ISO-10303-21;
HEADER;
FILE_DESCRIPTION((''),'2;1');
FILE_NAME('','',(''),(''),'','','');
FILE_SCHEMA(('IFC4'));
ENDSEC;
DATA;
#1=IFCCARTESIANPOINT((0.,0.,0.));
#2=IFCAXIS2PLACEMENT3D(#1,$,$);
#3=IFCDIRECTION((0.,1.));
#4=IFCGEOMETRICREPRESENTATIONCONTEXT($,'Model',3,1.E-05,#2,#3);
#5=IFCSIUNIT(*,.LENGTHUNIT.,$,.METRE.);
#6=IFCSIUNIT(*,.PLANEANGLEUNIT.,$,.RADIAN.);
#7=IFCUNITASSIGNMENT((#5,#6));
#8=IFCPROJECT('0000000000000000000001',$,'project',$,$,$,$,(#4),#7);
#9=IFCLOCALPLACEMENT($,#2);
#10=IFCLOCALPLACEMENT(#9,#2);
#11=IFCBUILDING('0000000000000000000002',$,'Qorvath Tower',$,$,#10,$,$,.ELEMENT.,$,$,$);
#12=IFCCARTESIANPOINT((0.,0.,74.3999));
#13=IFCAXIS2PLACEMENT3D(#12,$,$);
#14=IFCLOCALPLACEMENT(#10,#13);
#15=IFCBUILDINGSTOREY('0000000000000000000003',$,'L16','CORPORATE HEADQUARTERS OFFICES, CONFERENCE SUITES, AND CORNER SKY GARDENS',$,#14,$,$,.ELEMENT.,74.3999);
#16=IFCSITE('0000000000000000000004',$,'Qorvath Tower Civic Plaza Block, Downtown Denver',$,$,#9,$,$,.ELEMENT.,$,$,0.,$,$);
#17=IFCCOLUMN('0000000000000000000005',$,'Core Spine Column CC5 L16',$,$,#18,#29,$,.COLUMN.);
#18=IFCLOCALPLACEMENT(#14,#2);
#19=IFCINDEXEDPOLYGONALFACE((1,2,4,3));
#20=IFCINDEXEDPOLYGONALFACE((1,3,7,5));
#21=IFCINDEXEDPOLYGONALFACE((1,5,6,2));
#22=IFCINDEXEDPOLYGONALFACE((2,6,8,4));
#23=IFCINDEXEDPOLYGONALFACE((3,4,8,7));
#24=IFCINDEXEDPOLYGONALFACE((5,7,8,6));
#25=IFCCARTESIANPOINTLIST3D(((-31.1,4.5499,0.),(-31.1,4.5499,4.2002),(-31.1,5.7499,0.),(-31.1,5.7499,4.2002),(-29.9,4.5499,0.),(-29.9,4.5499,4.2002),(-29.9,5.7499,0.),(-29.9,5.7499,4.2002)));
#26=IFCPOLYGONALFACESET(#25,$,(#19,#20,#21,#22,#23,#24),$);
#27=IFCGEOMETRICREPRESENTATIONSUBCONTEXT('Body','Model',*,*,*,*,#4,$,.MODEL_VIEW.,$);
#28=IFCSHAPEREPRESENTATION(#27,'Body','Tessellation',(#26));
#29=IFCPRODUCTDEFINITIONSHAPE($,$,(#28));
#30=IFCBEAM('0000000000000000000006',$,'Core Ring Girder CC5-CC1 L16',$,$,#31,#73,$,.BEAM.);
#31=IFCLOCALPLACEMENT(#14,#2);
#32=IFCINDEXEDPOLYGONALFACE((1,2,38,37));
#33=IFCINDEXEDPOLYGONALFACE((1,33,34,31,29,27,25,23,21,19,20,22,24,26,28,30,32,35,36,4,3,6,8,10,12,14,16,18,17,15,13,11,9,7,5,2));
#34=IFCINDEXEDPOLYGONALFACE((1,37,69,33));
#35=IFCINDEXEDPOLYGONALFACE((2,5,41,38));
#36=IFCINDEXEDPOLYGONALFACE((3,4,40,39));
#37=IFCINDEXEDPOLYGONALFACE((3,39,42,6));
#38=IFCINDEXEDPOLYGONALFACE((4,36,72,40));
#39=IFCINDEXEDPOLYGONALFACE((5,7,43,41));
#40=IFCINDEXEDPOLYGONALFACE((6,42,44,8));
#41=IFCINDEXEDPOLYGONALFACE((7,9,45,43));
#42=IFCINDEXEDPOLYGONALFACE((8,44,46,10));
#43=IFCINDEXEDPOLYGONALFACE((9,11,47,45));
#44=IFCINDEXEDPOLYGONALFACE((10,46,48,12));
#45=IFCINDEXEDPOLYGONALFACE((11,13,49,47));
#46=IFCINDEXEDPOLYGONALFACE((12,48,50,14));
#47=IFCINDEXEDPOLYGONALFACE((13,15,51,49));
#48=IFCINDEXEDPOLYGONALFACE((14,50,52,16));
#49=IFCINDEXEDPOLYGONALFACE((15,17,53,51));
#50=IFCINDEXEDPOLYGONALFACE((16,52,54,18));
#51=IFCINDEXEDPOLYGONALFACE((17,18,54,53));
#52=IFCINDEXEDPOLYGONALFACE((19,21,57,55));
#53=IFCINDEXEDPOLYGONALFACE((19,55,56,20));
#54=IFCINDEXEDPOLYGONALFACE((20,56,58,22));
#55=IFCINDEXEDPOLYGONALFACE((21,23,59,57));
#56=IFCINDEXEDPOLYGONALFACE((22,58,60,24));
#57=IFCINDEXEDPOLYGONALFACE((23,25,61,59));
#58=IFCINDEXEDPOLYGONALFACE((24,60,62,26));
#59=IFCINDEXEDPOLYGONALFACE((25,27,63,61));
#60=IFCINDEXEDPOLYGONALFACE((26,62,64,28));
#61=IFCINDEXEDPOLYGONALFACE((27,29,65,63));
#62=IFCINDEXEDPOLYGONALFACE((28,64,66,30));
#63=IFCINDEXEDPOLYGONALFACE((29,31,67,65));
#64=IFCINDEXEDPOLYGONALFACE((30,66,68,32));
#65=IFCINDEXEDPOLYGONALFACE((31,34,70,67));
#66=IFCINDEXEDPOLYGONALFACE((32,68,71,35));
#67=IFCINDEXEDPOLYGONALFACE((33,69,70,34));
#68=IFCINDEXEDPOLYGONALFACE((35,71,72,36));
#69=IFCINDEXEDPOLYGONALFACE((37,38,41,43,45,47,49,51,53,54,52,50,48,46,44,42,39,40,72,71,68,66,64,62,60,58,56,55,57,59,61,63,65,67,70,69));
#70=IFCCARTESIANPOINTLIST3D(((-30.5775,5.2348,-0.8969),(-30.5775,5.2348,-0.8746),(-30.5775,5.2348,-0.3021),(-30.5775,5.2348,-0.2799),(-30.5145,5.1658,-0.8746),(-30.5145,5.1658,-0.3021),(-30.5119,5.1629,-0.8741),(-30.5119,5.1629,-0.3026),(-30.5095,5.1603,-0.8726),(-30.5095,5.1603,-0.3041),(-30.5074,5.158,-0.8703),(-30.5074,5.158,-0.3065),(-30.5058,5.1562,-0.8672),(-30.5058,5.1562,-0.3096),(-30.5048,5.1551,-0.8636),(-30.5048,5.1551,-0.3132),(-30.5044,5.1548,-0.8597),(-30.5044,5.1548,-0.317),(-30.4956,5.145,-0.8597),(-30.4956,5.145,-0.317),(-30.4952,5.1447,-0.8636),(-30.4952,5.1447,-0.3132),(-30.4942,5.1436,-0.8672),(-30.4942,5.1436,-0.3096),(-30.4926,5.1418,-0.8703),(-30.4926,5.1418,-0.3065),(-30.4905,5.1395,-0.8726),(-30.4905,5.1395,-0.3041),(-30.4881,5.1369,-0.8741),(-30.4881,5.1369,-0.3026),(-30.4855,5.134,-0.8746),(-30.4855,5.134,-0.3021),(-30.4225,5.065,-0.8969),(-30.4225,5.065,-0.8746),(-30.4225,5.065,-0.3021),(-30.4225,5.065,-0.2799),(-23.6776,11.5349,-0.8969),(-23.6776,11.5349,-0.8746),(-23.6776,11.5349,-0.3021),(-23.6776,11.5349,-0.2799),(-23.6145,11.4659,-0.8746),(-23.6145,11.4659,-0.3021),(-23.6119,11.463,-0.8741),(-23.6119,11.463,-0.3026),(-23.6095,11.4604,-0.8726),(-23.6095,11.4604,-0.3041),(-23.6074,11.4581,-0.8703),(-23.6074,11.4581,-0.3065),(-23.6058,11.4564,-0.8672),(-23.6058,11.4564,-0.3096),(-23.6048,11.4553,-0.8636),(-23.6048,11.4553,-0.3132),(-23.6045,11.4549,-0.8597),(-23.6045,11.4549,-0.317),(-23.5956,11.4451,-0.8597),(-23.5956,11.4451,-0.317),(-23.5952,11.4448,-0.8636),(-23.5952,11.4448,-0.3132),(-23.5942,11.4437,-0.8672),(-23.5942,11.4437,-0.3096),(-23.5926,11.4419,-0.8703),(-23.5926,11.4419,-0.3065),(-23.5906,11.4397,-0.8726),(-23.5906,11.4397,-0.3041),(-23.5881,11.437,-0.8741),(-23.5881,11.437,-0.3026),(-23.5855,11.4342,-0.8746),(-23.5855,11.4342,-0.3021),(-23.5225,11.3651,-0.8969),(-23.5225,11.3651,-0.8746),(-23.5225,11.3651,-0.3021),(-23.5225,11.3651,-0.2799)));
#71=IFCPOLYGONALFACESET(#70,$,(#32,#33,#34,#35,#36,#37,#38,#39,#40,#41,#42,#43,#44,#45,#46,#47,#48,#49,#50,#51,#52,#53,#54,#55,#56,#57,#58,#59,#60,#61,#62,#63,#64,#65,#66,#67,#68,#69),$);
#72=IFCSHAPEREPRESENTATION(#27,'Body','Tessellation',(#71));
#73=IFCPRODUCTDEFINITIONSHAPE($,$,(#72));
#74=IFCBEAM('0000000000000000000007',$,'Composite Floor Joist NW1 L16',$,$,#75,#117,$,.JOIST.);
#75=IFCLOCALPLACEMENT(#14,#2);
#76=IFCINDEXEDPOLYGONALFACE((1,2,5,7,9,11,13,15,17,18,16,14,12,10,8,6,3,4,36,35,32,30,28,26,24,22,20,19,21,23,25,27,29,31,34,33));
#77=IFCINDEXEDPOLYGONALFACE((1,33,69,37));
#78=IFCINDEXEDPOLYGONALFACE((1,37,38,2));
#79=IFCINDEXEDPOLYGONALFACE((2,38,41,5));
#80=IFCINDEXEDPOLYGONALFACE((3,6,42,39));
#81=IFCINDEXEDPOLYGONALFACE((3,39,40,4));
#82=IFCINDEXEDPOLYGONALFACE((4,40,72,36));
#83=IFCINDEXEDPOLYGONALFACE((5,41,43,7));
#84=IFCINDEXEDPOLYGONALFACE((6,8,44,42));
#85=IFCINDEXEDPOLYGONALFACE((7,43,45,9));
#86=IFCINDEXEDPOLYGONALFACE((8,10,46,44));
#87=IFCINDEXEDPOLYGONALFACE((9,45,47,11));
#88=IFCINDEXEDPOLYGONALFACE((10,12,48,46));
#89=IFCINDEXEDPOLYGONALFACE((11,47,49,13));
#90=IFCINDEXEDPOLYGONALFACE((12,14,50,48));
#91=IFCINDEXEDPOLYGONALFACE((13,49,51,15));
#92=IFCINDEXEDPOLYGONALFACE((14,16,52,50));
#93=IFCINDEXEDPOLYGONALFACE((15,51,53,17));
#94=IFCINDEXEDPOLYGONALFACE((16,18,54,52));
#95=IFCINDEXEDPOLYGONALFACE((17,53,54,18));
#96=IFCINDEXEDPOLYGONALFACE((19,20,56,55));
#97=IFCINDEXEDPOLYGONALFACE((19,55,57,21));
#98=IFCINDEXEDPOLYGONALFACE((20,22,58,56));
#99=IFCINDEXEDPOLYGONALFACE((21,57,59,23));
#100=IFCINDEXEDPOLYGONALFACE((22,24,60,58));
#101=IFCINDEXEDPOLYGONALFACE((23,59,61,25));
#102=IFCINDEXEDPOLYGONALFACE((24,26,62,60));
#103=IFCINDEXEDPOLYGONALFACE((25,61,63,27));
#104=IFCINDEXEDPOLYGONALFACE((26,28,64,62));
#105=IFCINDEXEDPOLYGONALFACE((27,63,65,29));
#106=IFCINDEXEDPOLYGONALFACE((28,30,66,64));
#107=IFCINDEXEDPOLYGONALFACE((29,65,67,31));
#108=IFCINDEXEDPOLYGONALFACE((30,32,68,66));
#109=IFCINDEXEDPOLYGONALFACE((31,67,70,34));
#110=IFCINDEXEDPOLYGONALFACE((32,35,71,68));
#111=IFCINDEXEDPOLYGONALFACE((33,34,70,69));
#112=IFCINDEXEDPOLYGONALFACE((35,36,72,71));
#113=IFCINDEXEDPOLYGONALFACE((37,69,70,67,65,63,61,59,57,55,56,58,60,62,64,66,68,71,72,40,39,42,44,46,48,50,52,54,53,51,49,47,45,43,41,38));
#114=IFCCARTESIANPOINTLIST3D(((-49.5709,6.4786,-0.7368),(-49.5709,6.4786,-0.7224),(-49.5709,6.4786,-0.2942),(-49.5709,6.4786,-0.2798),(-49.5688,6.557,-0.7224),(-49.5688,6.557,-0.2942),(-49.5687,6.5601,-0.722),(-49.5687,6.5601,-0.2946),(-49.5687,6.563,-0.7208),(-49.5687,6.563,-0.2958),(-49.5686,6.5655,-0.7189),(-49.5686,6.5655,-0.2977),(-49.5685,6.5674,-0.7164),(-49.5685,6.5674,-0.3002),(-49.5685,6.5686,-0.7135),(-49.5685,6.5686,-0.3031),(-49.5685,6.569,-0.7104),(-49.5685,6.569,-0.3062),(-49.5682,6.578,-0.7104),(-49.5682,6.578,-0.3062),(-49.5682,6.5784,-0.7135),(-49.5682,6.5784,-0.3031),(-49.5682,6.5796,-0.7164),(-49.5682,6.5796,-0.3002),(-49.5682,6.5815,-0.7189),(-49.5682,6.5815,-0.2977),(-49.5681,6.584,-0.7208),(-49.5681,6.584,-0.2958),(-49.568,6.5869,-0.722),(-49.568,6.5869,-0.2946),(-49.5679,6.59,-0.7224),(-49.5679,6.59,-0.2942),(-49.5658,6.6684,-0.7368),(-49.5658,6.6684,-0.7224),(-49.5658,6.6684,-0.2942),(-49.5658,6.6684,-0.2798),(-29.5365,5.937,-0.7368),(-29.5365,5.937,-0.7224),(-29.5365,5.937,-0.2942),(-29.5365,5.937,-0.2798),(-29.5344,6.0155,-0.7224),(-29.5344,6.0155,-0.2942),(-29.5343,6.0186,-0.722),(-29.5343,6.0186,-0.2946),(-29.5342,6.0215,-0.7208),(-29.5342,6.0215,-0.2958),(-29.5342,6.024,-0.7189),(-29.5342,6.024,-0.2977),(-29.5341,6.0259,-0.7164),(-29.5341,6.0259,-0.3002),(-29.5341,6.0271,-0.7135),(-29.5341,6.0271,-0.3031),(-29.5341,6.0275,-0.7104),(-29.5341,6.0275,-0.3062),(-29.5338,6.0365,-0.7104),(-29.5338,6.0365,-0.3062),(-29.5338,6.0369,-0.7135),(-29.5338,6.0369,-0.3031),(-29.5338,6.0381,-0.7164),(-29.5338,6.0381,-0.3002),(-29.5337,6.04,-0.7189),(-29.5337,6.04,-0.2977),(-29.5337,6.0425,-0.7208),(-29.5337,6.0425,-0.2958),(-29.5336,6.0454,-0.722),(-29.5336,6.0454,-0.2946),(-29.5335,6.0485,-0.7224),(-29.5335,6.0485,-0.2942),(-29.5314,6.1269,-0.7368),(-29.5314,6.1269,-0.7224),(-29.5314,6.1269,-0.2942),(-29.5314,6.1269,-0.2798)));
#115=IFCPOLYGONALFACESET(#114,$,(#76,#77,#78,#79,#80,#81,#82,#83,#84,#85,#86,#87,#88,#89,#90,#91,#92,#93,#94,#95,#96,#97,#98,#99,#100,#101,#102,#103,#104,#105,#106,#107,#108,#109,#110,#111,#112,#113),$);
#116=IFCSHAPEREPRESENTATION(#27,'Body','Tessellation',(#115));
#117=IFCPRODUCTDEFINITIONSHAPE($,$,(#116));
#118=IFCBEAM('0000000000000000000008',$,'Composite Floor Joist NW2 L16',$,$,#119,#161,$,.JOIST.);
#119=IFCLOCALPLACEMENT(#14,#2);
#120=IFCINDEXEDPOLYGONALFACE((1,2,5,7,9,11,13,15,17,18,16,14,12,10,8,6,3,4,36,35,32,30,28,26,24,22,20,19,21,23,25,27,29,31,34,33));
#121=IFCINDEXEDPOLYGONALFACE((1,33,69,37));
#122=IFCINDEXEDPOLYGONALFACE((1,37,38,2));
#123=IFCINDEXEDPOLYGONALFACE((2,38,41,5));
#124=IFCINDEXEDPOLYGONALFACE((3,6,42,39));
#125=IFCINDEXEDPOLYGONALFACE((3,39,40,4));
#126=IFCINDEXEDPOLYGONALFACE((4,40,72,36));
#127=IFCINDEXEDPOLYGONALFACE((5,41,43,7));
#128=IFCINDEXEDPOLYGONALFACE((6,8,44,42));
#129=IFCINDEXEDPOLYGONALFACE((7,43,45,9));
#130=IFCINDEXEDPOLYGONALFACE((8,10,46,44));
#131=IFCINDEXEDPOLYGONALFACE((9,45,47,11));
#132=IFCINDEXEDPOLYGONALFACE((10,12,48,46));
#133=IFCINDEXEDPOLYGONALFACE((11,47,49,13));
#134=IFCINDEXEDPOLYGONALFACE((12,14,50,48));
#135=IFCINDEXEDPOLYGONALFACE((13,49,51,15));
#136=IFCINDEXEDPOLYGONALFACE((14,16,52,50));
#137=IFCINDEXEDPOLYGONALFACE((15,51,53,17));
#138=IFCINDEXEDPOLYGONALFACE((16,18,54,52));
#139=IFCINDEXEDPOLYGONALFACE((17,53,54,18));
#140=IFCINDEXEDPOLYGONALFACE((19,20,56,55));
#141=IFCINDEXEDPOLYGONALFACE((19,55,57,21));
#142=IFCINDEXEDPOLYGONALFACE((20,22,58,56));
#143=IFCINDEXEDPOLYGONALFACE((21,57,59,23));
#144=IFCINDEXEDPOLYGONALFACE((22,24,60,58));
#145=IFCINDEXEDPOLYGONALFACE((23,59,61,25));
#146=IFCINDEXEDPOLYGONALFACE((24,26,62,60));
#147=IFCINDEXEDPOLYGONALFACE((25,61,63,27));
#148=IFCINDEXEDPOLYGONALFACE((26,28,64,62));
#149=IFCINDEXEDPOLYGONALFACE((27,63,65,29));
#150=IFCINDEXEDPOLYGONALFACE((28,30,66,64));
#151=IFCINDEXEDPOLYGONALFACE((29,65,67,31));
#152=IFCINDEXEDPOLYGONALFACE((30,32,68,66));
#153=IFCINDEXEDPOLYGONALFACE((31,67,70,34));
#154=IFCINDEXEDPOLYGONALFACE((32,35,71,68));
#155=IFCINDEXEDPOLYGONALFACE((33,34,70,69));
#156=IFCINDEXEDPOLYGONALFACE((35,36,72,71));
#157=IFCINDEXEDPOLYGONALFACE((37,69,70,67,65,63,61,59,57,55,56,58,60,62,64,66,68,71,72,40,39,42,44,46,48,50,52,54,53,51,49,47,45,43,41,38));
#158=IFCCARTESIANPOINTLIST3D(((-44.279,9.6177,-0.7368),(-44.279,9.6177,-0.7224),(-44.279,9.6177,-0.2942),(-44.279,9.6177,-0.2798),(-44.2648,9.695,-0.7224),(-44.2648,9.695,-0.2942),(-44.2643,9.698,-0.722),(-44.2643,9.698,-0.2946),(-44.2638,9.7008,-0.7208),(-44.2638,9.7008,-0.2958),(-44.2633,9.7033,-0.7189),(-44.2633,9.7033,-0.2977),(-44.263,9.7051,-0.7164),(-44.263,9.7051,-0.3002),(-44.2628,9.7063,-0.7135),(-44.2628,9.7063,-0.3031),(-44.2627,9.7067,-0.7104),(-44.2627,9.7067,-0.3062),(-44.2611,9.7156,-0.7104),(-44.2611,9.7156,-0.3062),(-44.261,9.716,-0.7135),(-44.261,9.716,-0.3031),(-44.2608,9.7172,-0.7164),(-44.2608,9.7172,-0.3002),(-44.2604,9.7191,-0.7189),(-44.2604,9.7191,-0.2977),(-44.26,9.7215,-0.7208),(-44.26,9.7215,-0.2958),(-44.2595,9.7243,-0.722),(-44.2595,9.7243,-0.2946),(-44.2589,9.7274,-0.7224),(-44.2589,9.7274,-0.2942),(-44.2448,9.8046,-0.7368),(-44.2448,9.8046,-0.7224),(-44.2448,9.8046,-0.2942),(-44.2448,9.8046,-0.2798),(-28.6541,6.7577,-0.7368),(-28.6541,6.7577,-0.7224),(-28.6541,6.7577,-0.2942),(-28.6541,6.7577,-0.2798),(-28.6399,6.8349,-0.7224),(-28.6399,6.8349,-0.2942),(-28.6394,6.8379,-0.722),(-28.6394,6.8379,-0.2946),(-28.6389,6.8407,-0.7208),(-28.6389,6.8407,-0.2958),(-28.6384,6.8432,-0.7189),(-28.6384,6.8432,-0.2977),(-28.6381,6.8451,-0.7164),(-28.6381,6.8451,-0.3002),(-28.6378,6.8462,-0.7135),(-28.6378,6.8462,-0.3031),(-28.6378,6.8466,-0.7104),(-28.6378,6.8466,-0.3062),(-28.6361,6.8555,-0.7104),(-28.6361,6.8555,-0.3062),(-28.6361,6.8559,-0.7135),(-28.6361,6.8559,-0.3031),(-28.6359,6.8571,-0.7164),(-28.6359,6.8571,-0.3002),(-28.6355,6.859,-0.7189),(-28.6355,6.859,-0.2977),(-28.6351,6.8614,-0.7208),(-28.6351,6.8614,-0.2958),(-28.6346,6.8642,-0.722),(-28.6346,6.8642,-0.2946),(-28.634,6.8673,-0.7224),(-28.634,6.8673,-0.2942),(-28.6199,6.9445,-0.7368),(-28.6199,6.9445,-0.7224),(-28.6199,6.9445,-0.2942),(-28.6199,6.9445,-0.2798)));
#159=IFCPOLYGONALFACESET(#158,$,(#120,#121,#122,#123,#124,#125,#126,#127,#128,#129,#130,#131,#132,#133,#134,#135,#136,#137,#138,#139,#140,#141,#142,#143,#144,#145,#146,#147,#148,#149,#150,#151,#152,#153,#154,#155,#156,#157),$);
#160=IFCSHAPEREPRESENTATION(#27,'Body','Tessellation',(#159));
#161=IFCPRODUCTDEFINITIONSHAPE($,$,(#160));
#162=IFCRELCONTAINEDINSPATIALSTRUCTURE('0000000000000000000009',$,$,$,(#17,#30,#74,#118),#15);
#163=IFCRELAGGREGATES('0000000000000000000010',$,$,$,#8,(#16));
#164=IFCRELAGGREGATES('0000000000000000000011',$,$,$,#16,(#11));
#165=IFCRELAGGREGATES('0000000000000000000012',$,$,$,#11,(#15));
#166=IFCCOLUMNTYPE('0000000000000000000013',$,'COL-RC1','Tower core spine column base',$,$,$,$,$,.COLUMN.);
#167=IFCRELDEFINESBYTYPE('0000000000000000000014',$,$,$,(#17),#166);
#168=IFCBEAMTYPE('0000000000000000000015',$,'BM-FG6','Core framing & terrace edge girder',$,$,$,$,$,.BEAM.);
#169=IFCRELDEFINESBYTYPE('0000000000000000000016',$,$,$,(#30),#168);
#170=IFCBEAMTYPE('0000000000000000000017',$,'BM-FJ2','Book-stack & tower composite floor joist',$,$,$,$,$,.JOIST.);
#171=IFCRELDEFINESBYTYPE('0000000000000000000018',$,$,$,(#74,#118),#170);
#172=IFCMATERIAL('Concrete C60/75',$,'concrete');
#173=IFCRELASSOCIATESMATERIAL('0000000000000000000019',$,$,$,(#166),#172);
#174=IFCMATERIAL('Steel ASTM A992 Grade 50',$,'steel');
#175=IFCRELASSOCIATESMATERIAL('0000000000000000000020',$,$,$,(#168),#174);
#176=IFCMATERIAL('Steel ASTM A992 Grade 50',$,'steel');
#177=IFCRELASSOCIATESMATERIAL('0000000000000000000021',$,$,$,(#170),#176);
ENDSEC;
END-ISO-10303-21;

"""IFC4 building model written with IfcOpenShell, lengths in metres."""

from ifc_helpers import new_model, si_unit, direction, frame, origin, origin_2d, place, context, subcontext, project, spatial, rectangle, i_section, extrude, material, material_profile, profile_set, type_object, element, save


model = new_model("IFC4")

# Units and contexts
model_context = context("Model", 3, precision=1e-05, world=origin(), true_north=direction((0.0, 1.0)))
body_context = subcontext(model_context, "Body", "Model", "MODEL_VIEW")
ifc_project = project(units=[si_unit("LENGTHUNIT", "METRE"), si_unit("PLANEANGLEUNIT", "RADIAN")], contexts=[model_context])

# Site, building, storey
site_placement = place(None, origin())
site = spatial("IfcSite", under=ifc_project, at=site_placement, Name="Qorvath Tower Civic Plaza Block, Downtown Denver", CompositionType="ELEMENT", RefElevation=0.0)
building_placement = place(site_placement, origin())
building = spatial("IfcBuilding", under=site, at=building_placement, Name="Qorvath Tower", CompositionType="ELEMENT")
storey_placement = place(building_placement, frame((0.0, 0.0, 74.3999)))
storey = spatial("IfcBuildingStorey", under=building, at=storey_placement, Name="L16", Description="CORPORATE HEADQUARTERS OFFICES, CONFERENCE SUITES, AND CORNER SKY GARDENS", CompositionType="ELEMENT", Elevation=74.3999)

# Column
ifc_material_1 = material(Name="Concrete C60/75", Category="concrete")
ifc_material_profile_1 = material_profile(ifc_material_1, rectangle(XDim=1.2, YDim=1.2, at=origin_2d()), Name="RC 1200x1200")
ifc_profile_set_1 = profile_set([ifc_material_profile_1], Name="Concrete C60/75")
column_type = type_object("IfcColumnType", Name="COL-RC1", Description="Tower core spine column base", PredefinedType="COLUMN", material=ifc_profile_set_1)
column_placement = place(storey_placement, frame((-30.5, 5.1499, 0.0), z_axis=(0.0, 0.0, 1.0), x_axis=(1.0, 0.0, 0.0)))
element("IfcColumn", 1, at=column_placement, inside=storey, type_object=column_type, Name="Core Spine Column CC5 L16", PredefinedType="COLUMN", context=body_context, shape_type="SweptSolid", body=[
    extrude(rectangle(XDim=1.2, YDim=1.2, at=origin_2d()), origin(), (0.0, 0.0, 1.0), 4.2002),
])

# Beams
ifc_material_2 = material(Name="Steel ASTM A992 Grade 50", Category="steel")
ifc_material_profile_2 = material_profile(ifc_material_2, i_section(OverallWidth=0.23, OverallDepth=0.6169, WebThickness=0.0132, FlangeThickness=0.0222, FilletRadius=0.0149, at=origin_2d()), Name="W24x94")
ifc_profile_set_2 = profile_set([ifc_material_profile_2], Name="Steel ASTM A992 Grade 50")
beam_type_1 = type_object("IfcBeamType", Name="BM-FG6", Description="Core framing & terrace edge girder", PredefinedType="BEAM", material=ifc_profile_set_2)
beam_1_placement = place(storey_placement, frame((-30.5, 5.1499, -0.5884), z_axis=(0.738478, 0.674277, 0.0), x_axis=(-0.674277, 0.738478, 0.0)))
element("IfcBeam", 2, at=beam_1_placement, inside=storey, type_object=beam_type_1, Name="Core Ring Girder CC5-CC1 L16", PredefinedType="BEAM", context=body_context, shape_type="SweptSolid", body=[
    extrude(i_section(OverallWidth=0.23, OverallDepth=0.6169, WebThickness=0.0132, FlangeThickness=0.0222, FilletRadius=0.0149, at=origin_2d()), origin(), (0.0, 0.0, 1.0), 9.3435),
])
ifc_material_3 = material(Name="Steel ASTM A992 Grade 50", Category="steel")
ifc_material_profile_3 = material_profile(ifc_material_3, i_section(OverallWidth=0.1899, OverallDepth=0.457, WebThickness=0.009, FlangeThickness=0.0144, FilletRadius=0.012, at=origin_2d()), Name="W18x50")
ifc_profile_set_3 = profile_set([ifc_material_profile_3], Name="Steel ASTM A992 Grade 50")
beam_type_2 = type_object("IfcBeamType", Name="BM-FJ2", Description="Book-stack & tower composite floor joist", PredefinedType="JOIST", material=ifc_profile_set_3)
beam_2_placement = place(storey_placement, frame((-29.5339, 6.032, -0.5083), z_axis=(-0.999635, 0.027019, 0.0), x_axis=(-0.027019, -0.999635, 0.0)))
element("IfcBeam", 3, at=beam_2_placement, inside=storey, type_object=beam_type_2, Name="Composite Floor Joist NW1 L16", PredefinedType="JOIST", context=body_context, shape_type="SweptSolid", body=[
    extrude(i_section(OverallWidth=0.1899, OverallDepth=0.457, WebThickness=0.009, FlangeThickness=0.0144, FilletRadius=0.012, at=origin_2d()), origin(), (0.0, 0.0, 1.0), 20.0417),
])
beam_3_placement = place(storey_placement, frame((-28.637, 6.8511, -0.5083), z_axis=(-0.983656, 0.180055, 0.0), x_axis=(-0.180055, -0.983656, 0.0)))
element("IfcBeam", 4, at=beam_3_placement, inside=storey, type_object=beam_type_2, Name="Composite Floor Joist NW2 L16", PredefinedType="JOIST", context=body_context, shape_type="SweptSolid", body=[
    extrude(i_section(OverallWidth=0.1899, OverallDepth=0.457, WebThickness=0.009, FlangeThickness=0.0144, FilletRadius=0.012, at=origin_2d()), origin(), (0.0, 0.0, 1.0), 15.8845),
])

save(model, "model.ifc")
